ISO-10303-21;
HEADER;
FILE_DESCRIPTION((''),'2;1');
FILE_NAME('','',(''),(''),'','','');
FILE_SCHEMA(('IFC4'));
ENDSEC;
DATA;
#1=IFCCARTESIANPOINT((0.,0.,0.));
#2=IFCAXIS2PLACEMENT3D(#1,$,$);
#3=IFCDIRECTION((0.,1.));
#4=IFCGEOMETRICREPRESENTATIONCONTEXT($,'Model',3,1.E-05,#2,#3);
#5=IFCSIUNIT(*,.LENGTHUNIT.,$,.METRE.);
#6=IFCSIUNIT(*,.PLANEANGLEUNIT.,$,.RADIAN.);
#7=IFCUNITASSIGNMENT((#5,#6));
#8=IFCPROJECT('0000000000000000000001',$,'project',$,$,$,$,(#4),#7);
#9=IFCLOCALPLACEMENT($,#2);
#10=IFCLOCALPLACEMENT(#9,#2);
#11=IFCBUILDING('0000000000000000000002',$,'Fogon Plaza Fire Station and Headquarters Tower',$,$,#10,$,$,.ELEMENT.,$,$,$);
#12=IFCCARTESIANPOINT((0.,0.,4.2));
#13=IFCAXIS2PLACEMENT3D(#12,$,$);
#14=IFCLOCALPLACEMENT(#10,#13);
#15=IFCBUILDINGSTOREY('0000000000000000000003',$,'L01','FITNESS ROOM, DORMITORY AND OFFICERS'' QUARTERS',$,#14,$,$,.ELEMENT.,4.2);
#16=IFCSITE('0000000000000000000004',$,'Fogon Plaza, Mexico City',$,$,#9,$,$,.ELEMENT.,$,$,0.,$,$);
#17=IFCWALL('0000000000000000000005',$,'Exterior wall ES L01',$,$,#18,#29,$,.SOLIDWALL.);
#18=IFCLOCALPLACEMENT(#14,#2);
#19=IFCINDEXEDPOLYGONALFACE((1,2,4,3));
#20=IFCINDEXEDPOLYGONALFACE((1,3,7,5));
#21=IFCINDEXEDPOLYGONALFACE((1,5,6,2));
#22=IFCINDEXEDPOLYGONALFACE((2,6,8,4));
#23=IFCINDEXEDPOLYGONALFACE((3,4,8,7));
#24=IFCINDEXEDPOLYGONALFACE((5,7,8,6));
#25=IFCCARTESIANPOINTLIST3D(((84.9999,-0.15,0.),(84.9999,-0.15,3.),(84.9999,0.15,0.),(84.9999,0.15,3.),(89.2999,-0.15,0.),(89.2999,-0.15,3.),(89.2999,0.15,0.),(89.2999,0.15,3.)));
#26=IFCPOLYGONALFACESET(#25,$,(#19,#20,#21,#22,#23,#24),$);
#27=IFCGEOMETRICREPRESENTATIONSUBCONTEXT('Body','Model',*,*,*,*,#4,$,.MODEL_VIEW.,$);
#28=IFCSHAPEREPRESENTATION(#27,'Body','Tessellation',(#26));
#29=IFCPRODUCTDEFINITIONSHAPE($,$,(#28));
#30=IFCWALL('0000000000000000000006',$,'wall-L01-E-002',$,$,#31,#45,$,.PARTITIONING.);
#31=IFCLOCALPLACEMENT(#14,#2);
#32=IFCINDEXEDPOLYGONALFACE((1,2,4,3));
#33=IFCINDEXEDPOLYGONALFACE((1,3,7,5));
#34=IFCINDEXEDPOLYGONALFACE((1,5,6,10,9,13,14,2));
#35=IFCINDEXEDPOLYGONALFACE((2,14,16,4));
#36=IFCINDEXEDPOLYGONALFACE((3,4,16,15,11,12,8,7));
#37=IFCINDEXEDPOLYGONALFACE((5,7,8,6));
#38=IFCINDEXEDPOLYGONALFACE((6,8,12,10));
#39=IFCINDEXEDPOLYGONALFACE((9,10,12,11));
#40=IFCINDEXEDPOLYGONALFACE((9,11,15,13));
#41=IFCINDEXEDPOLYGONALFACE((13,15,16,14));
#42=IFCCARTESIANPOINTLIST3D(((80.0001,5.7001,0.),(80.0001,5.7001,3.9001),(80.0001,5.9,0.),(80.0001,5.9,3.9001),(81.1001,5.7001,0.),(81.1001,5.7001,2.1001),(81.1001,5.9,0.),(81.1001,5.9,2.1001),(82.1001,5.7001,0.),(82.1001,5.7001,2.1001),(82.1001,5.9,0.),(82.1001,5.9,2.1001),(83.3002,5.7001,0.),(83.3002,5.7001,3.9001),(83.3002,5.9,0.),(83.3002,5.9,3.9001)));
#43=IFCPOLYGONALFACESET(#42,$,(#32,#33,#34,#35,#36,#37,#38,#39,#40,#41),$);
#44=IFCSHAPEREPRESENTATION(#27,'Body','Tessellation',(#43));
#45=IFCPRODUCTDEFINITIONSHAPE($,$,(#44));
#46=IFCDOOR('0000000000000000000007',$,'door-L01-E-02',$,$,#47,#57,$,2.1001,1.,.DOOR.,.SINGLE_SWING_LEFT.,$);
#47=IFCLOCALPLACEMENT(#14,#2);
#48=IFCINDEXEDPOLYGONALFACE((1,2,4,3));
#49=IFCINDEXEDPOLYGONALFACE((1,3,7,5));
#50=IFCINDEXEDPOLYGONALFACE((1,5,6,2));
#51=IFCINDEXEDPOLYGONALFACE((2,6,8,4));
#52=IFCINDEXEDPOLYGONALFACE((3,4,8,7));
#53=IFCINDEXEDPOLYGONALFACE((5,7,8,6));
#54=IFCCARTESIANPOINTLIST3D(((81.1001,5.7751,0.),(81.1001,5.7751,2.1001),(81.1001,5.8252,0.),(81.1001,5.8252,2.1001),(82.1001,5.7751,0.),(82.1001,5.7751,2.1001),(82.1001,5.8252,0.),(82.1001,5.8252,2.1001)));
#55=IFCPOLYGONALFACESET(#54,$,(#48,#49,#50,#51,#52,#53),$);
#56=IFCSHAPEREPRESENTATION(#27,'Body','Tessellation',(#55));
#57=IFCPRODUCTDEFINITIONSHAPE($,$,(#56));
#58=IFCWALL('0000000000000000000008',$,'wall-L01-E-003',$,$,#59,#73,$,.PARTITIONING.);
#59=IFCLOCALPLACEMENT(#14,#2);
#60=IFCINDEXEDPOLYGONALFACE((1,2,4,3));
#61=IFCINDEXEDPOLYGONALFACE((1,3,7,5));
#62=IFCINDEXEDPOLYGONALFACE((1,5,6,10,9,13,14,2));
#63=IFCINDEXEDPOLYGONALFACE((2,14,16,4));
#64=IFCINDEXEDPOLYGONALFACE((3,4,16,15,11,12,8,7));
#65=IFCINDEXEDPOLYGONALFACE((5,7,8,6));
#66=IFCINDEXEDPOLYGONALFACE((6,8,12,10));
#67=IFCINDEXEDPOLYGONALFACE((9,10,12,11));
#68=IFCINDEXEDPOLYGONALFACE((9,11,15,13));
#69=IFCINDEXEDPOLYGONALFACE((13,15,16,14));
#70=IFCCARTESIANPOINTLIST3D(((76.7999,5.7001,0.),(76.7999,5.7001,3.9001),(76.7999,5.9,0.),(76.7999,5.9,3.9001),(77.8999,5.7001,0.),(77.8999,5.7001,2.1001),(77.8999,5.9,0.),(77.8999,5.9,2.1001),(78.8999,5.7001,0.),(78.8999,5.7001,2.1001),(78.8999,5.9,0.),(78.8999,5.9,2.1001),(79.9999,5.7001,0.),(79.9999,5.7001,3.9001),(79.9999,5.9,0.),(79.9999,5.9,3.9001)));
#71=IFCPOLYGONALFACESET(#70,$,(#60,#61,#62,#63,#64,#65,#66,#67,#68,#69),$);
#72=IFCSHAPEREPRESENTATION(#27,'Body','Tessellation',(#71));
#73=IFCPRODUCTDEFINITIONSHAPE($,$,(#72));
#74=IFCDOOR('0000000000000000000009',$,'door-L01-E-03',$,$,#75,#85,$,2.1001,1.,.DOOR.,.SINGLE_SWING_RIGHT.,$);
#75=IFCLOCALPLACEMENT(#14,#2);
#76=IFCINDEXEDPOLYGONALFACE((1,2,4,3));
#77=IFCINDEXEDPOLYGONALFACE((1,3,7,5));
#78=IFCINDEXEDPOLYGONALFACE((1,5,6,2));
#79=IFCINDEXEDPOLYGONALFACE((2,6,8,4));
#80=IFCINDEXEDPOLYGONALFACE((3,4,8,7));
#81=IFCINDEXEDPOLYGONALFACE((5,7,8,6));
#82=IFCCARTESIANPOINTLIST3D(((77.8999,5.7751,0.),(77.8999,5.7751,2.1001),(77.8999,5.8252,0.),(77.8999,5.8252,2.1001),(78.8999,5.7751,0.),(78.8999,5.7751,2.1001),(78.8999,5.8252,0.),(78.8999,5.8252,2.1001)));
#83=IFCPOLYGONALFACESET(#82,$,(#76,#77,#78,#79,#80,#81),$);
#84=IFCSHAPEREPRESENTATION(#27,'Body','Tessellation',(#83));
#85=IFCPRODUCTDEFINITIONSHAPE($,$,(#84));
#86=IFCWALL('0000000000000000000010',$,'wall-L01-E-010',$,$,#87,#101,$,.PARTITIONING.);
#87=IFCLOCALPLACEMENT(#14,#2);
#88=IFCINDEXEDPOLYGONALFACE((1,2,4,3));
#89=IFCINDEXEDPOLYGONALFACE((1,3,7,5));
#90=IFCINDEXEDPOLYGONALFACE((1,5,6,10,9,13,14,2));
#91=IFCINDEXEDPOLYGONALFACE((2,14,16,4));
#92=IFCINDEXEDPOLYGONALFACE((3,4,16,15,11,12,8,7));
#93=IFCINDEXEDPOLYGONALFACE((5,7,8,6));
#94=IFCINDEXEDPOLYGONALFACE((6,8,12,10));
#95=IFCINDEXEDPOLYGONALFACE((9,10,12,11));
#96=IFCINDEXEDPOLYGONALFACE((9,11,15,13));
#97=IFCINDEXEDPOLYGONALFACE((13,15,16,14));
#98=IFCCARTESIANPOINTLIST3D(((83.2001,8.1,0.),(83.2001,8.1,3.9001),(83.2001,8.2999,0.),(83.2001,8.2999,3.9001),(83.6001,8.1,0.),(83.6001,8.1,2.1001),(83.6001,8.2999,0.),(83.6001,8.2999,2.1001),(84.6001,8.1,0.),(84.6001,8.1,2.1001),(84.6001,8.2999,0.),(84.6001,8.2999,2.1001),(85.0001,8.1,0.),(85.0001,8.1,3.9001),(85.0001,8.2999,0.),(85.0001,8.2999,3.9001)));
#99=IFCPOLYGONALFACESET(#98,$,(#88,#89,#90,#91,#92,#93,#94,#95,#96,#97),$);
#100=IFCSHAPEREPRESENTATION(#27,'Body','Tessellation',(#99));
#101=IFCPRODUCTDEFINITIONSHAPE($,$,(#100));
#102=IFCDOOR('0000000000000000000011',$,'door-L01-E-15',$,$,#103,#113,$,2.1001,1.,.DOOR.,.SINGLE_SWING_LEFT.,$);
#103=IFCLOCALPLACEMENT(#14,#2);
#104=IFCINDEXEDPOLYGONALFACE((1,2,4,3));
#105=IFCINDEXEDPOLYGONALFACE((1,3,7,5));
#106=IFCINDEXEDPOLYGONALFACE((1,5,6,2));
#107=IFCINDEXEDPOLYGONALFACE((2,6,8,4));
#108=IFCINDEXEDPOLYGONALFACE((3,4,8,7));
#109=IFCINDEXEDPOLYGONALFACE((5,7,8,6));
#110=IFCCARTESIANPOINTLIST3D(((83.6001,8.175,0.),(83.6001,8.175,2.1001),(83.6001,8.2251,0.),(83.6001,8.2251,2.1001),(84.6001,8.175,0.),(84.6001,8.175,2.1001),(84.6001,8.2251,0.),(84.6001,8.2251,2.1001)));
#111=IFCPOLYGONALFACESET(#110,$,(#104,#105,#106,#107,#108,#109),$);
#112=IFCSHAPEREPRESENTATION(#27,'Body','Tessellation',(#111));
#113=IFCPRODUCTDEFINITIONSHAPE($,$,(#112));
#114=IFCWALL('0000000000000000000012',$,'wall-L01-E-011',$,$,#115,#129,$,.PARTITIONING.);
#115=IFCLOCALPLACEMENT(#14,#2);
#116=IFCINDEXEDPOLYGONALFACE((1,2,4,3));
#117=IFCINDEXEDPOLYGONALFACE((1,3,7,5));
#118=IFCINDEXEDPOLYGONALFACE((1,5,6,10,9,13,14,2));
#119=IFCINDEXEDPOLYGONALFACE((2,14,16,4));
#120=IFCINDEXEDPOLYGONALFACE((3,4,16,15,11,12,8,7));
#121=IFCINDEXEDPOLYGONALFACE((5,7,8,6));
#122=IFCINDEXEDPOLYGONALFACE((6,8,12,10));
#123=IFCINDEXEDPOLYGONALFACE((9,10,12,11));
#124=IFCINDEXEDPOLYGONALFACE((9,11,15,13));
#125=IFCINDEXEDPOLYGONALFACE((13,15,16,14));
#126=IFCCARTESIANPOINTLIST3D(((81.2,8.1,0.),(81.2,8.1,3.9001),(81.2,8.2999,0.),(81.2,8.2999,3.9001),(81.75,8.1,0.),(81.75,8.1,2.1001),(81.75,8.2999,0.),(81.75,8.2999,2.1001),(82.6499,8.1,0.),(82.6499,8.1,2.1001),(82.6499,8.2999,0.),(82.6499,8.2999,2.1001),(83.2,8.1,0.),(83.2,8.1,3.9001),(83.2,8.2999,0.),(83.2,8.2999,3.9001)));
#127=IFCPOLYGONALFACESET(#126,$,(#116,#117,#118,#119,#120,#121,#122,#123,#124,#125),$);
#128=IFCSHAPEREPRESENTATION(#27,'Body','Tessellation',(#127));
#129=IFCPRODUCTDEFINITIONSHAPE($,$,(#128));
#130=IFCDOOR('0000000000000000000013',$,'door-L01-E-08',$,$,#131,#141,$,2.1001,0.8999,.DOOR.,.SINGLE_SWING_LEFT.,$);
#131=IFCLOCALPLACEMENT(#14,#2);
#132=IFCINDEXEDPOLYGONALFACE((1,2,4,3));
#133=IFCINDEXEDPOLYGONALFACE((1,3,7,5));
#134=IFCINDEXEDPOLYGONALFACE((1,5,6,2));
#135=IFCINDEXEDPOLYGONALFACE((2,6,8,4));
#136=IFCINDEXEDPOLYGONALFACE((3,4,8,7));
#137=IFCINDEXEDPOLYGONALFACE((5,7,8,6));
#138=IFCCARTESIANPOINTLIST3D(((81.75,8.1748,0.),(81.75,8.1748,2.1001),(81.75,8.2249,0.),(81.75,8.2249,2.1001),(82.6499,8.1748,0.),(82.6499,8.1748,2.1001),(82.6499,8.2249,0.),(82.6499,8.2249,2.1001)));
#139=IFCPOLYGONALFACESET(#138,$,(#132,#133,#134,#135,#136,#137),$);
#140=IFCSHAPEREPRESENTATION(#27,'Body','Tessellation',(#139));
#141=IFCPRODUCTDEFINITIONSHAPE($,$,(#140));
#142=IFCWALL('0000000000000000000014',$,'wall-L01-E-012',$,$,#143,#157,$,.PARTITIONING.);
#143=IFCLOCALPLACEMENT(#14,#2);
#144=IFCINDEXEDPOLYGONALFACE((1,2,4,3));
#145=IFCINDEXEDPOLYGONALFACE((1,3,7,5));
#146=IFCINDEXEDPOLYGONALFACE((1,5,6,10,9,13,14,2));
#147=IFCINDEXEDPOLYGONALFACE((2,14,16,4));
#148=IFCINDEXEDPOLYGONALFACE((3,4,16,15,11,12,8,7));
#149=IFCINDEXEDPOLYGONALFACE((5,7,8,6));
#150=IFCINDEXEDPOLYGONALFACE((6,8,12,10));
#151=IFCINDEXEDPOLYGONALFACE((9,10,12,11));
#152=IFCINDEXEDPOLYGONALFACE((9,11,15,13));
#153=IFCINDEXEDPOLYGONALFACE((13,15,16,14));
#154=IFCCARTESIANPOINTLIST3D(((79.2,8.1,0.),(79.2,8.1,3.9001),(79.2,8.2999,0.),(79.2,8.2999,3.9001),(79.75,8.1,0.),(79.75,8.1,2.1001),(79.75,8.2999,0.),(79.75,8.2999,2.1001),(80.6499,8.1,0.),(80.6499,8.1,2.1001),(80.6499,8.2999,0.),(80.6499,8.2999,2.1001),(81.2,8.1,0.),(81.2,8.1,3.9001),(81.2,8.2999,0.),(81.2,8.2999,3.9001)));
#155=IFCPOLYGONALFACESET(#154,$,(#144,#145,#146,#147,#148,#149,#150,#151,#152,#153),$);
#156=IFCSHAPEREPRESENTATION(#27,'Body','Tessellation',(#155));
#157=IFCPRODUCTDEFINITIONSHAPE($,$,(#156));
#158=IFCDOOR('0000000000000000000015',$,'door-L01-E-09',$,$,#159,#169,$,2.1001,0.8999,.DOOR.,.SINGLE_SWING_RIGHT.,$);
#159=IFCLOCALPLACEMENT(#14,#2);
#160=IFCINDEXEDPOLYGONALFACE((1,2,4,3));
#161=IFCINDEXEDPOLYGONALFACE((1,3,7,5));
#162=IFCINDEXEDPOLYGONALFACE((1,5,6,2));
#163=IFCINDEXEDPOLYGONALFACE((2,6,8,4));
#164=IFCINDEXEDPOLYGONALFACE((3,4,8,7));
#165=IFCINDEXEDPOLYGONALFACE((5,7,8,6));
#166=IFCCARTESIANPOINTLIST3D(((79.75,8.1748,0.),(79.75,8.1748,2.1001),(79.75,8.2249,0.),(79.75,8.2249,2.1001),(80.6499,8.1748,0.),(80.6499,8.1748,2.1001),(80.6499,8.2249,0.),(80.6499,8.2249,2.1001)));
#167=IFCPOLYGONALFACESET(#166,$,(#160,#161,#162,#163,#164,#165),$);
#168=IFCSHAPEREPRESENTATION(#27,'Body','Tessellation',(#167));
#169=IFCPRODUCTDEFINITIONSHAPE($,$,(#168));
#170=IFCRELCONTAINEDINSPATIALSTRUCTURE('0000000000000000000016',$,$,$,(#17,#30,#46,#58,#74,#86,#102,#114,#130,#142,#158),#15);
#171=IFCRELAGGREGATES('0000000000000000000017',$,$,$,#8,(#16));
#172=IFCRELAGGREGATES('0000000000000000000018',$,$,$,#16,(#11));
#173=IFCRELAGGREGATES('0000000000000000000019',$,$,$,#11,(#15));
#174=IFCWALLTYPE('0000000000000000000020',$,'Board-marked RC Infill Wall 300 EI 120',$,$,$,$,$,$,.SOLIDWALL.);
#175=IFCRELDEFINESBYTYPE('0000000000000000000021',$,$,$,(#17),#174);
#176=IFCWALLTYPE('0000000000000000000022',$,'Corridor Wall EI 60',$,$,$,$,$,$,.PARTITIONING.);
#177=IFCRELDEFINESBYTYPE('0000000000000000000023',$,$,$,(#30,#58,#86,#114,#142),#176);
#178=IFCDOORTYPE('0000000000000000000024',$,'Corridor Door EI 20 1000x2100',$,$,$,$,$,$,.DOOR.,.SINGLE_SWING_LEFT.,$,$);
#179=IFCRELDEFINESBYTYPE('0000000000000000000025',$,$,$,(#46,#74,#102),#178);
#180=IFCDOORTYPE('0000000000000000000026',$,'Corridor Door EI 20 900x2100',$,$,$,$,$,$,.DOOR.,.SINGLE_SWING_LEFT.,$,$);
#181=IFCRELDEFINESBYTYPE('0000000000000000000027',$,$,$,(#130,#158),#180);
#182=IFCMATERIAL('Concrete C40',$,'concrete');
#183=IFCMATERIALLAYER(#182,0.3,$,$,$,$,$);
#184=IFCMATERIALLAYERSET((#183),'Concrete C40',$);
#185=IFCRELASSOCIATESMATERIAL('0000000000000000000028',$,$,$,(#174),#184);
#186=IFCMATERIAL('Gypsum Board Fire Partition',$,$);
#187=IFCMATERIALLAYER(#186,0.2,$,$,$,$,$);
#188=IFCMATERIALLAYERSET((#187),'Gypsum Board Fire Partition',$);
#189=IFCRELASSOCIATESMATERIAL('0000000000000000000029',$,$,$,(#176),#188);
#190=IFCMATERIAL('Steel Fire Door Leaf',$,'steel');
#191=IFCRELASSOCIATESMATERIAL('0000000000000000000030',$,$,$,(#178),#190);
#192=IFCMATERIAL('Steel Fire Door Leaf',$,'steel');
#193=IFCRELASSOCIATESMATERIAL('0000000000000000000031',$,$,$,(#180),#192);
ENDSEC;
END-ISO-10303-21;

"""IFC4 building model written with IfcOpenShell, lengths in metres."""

from ifc_helpers import new_model, si_unit, direction, frame, frame_2d, origin, place, context, subcontext, project, spatial, rectangle, extrude, material, layer, layer_set, type_object, element, fill, save


model = new_model("IFC4")

# Units and contexts
model_context = context("Model", 3, precision=1e-05, world=origin(), true_north=direction((0.0, 1.0)))
body_context = subcontext(model_context, "Body", "Model", "MODEL_VIEW")
ifc_project = project(units=[si_unit("LENGTHUNIT", "METRE"), si_unit("PLANEANGLEUNIT", "RADIAN")], contexts=[model_context])

# Site, building, storey
site_placement = place(None, origin())
site = spatial("IfcSite", under=ifc_project, at=site_placement, Name="Fogon Plaza, Mexico City", CompositionType="ELEMENT", RefElevation=0.0)
building_placement = place(site_placement, origin())
building = spatial("IfcBuilding", under=site, at=building_placement, Name="Fogon Plaza Fire Station and Headquarters Tower", CompositionType="ELEMENT")
storey_placement = place(building_placement, frame((0.0, 0.0, 4.2)))
storey = spatial("IfcBuildingStorey", under=building, at=storey_placement, Name="L01", Description="FITNESS ROOM, DORMITORY AND OFFICERS' QUARTERS", CompositionType="ELEMENT", Elevation=4.2)

# Wall
ifc_material_1 = material(Name="Concrete C40", Category="concrete")
ifc_layer_1 = layer(ifc_material_1, 0.3)
ifc_layer_set_1 = layer_set([ifc_layer_1], Name="Concrete C40")
wall_type_1 = type_object("IfcWallType", Name="Board-marked RC Infill Wall 300 EI 120", PredefinedType="SOLIDWALL", material=ifc_layer_set_1)
wall_1_placement = place(storey_placement, frame((85.0, 0.0, 0.0), z_axis=(0.0, 0.0, 1.0), x_axis=(1.0, 0.0, 0.0)))
element("IfcWall", 1, at=wall_1_placement, inside=storey, type_object=wall_type_1, Name="Exterior wall ES L01", PredefinedType="SOLIDWALL", context=body_context, shape_type="SweptSolid", body=[
    extrude(rectangle(XDim=4.3, YDim=0.3, at=frame_2d((2.1499, 0.0))), origin(), (0.0, 0.0, 1.0), 3.0),
])

# Walls, openings, doors
ifc_material_2 = material(Name="Gypsum Board Fire Partition")
ifc_layer_2 = layer(ifc_material_2, 0.2)
ifc_layer_set_2 = layer_set([ifc_layer_2], Name="Gypsum Board Fire Partition")
wall_type_2 = type_object("IfcWallType", Name="Corridor Wall EI 60", PredefinedType="PARTITIONING", material=ifc_layer_set_2)
wall_2_placement = place(storey_placement, frame((83.3, 5.8, 0.0), z_axis=(0.0, 0.0, 1.0), x_axis=(-1.0, 0.0, 0.0)))
wall_2 = element("IfcWall", 2, at=wall_2_placement, inside=storey, type_object=wall_type_2, Name="wall-L01-E-002", PredefinedType="PARTITIONING", context=body_context, shape_type="SweptSolid", body=[
    extrude(rectangle(XDim=3.3, YDim=0.2, at=frame_2d((1.6499, 0.0))), origin(), (0.0, 0.0, 1.0), 3.9001),
])
opening_1_placement = place(wall_2_placement, frame((1.2, 0.0, 0.0)))
opening_1 = element("IfcOpeningElement", 3, at=opening_1_placement, cuts=wall_2, PredefinedType="OPENING", context=body_context, shape_type="SweptSolid", body=[
    extrude(rectangle(XDim=1.0, YDim=2.1001, at=frame_2d((0.5, 1.05))), frame((0.0, 0.1099, 0.0), z_axis=(0.0, -1.0, 0.0), x_axis=(1.0, 0.0, 0.0)), (0.0, 0.0, 1.0), 0.22),
])
ifc_material_3 = material(Name="Steel Fire Door Leaf", Category="steel")
door_type_1 = type_object("IfcDoorType", Name="Corridor Door EI 20 1000x2100", OperationType="SINGLE_SWING_LEFT", PredefinedType="DOOR", material=ifc_material_3)
door_1_placement = place(opening_1_placement, origin())
door_1 = element("IfcDoor", 4, at=door_1_placement, inside=storey, type_object=door_type_1, Name="door-L01-E-02", OperationType="SINGLE_SWING_LEFT", OverallHeight=2.1001, OverallWidth=1.0, PredefinedType="DOOR", context=body_context, shape_type="SweptSolid", body=[
    extrude(rectangle(XDim=1.0, YDim=2.1001, at=frame_2d((0.5, 1.05))), frame((0.0, 0.0249, 0.0), z_axis=(0.0, -1.0, 0.0), x_axis=(1.0, 0.0, 0.0)), (0.0, 0.0, 1.0), 0.05),
])
fill(opening_1, door_1)
wall_3_placement = place(storey_placement, frame((80.0, 5.8, 0.0), z_axis=(0.0, 0.0, 1.0), x_axis=(-1.0, 0.0, 0.0)))
wall_3 = element("IfcWall", 5, at=wall_3_placement, inside=storey, type_object=wall_type_2, Name="wall-L01-E-003", PredefinedType="PARTITIONING", context=body_context, shape_type="SweptSolid", body=[
    extrude(rectangle(XDim=3.2, YDim=0.2, at=frame_2d((1.6001, 0.0))), origin(), (0.0, 0.0, 1.0), 3.9001),
])
opening_2_placement = place(wall_3_placement, frame((1.1001, 0.0, 0.0)))
opening_2 = element("IfcOpeningElement", 6, at=opening_2_placement, cuts=wall_3, PredefinedType="OPENING", context=body_context, shape_type="SweptSolid", body=[
    extrude(rectangle(XDim=1.0, YDim=2.1001, at=frame_2d((0.5, 1.05))), frame((0.0, 0.1099, 0.0), z_axis=(0.0, -1.0, 0.0), x_axis=(1.0, 0.0, 0.0)), (0.0, 0.0, 1.0), 0.22),
])
door_2_placement = place(opening_2_placement, origin())
door_2 = element("IfcDoor", 7, at=door_2_placement, inside=storey, type_object=door_type_1, Name="door-L01-E-03", OperationType="SINGLE_SWING_RIGHT", OverallHeight=2.1001, OverallWidth=1.0, PredefinedType="DOOR", context=body_context, shape_type="SweptSolid", body=[
    extrude(rectangle(XDim=1.0, YDim=2.1001, at=frame_2d((0.5, 1.05))), frame((0.0, 0.0249, 0.0), z_axis=(0.0, -1.0, 0.0), x_axis=(1.0, 0.0, 0.0)), (0.0, 0.0, 1.0), 0.05),
])
fill(opening_2, door_2)
wall_4_placement = place(storey_placement, frame((85.0, 8.2, 0.0), z_axis=(0.0, 0.0, 1.0), x_axis=(-1.0, 0.0, 0.0)))
wall_4 = element("IfcWall", 8, at=wall_4_placement, inside=storey, type_object=wall_type_2, Name="wall-L01-E-010", PredefinedType="PARTITIONING", context=body_context, shape_type="SweptSolid", body=[
    extrude(rectangle(XDim=1.8, YDim=0.2, at=frame_2d((0.8999, 0.0))), origin(), (0.0, 0.0, 1.0), 3.9001),
])
opening_3_placement = place(wall_4_placement, frame((0.3999, 0.0, 0.0)))
opening_3 = element("IfcOpeningElement", 9, at=opening_3_placement, cuts=wall_4, PredefinedType="OPENING", context=body_context, shape_type="SweptSolid", body=[
    extrude(rectangle(XDim=1.0, YDim=2.1001, at=frame_2d((0.5, 1.05))), frame((0.0, 0.1099, 0.0), z_axis=(0.0, -1.0, 0.0), x_axis=(1.0, 0.0, 0.0)), (0.0, 0.0, 1.0), 0.22),
])
door_3_placement = place(opening_3_placement, origin())
door_3 = element("IfcDoor", 10, at=door_3_placement, inside=storey, type_object=door_type_1, Name="door-L01-E-15", OperationType="SINGLE_SWING_LEFT", OverallHeight=2.1001, OverallWidth=1.0, PredefinedType="DOOR", context=body_context, shape_type="SweptSolid", body=[
    extrude(rectangle(XDim=1.0, YDim=2.1001, at=frame_2d((0.5, 1.05))), frame((0.0, 0.0249, 0.0), z_axis=(0.0, -1.0, 0.0), x_axis=(1.0, 0.0, 0.0)), (0.0, 0.0, 1.0), 0.05),
])
fill(opening_3, door_3)
wall_5_placement = place(storey_placement, frame((83.2, 8.2, 0.0), z_axis=(0.0, 0.0, 1.0), x_axis=(-1.0, 0.0, 0.0)))
wall_5 = element("IfcWall", 11, at=wall_5_placement, inside=storey, type_object=wall_type_2, Name="wall-L01-E-011", PredefinedType="PARTITIONING", context=body_context, shape_type="SweptSolid", body=[
    extrude(rectangle(XDim=2.0, YDim=0.2, at=frame_2d((1.0, 0.0))), origin(), (0.0, 0.0, 1.0), 3.9001),
])
opening_4_placement = place(wall_5_placement, frame((0.55, 0.0, 0.0)))
opening_4 = element("IfcOpeningElement", 12, at=opening_4_placement, cuts=wall_5, PredefinedType="OPENING", context=body_context, shape_type="SweptSolid", body=[
    extrude(rectangle(XDim=0.8999, YDim=2.1001, at=frame_2d((0.45, 1.05))), frame((0.0, 0.1099, 0.0), z_axis=(0.0, -1.0, 0.0), x_axis=(1.0, 0.0, 0.0)), (0.0, 0.0, 1.0), 0.22),
])
ifc_material_4 = material(Name="Steel Fire Door Leaf", Category="steel")
door_type_2 = type_object("IfcDoorType", Name="Corridor Door EI 20 900x2100", OperationType="SINGLE_SWING_LEFT", PredefinedType="DOOR", material=ifc_material_4)
door_4_placement = place(opening_4_placement, frame((0.8999, 0.0, 0.0), z_axis=(0.0, 0.0, 1.0), x_axis=(-1.0, 0.0, 0.0)))
door_4 = element("IfcDoor", 13, at=door_4_placement, inside=storey, type_object=door_type_2, Name="door-L01-E-08", OperationType="SINGLE_SWING_LEFT", OverallHeight=2.1001, OverallWidth=0.8999, PredefinedType="DOOR", context=body_context, shape_type="SweptSolid", body=[
    extrude(rectangle(XDim=0.8999, YDim=2.1001, at=frame_2d((0.45, 1.05))), frame((0.0, 0.0249, 0.0), z_axis=(0.0, -1.0, 0.0), x_axis=(1.0, 0.0, 0.0)), (0.0, 0.0, 1.0), 0.05),
])
fill(opening_4, door_4)
wall_6_placement = place(storey_placement, frame((81.2, 8.2, 0.0), z_axis=(0.0, 0.0, 1.0), x_axis=(-1.0, 0.0, 0.0)))
wall_6 = element("IfcWall", 14, at=wall_6_placement, inside=storey, type_object=wall_type_2, Name="wall-L01-E-012", PredefinedType="PARTITIONING", context=body_context, shape_type="SweptSolid", body=[
    extrude(rectangle(XDim=2.0, YDim=0.2, at=frame_2d((1.0, 0.0))), origin(), (0.0, 0.0, 1.0), 3.9001),
])
opening_5_placement = place(wall_6_placement, frame((0.55, 0.0, 0.0)))
opening_5 = element("IfcOpeningElement", 15, at=opening_5_placement, cuts=wall_6, PredefinedType="OPENING", context=body_context, shape_type="SweptSolid", body=[
    extrude(rectangle(XDim=0.8999, YDim=2.1001, at=frame_2d((0.45, 1.05))), frame((0.0, 0.1099, 0.0), z_axis=(0.0, -1.0, 0.0), x_axis=(1.0, 0.0, 0.0)), (0.0, 0.0, 1.0), 0.22),
])
door_5_placement = place(opening_5_placement, frame((0.8999, 0.0, 0.0), z_axis=(0.0, 0.0, 1.0), x_axis=(-1.0, 0.0, 0.0)))
door_5 = element("IfcDoor", 16, at=door_5_placement, inside=storey, type_object=door_type_2, Name="door-L01-E-09", OperationType="SINGLE_SWING_RIGHT", OverallHeight=2.1001, OverallWidth=0.8999, PredefinedType="DOOR", context=body_context, shape_type="SweptSolid", body=[
    extrude(rectangle(XDim=0.8999, YDim=2.1001, at=frame_2d((0.45, 1.05))), frame((0.0, 0.0249, 0.0), z_axis=(0.0, -1.0, 0.0), x_axis=(1.0, 0.0, 0.0)), (0.0, 0.0, 1.0), 0.05),
])
fill(opening_5, door_5)

save(model, "model.ifc")
